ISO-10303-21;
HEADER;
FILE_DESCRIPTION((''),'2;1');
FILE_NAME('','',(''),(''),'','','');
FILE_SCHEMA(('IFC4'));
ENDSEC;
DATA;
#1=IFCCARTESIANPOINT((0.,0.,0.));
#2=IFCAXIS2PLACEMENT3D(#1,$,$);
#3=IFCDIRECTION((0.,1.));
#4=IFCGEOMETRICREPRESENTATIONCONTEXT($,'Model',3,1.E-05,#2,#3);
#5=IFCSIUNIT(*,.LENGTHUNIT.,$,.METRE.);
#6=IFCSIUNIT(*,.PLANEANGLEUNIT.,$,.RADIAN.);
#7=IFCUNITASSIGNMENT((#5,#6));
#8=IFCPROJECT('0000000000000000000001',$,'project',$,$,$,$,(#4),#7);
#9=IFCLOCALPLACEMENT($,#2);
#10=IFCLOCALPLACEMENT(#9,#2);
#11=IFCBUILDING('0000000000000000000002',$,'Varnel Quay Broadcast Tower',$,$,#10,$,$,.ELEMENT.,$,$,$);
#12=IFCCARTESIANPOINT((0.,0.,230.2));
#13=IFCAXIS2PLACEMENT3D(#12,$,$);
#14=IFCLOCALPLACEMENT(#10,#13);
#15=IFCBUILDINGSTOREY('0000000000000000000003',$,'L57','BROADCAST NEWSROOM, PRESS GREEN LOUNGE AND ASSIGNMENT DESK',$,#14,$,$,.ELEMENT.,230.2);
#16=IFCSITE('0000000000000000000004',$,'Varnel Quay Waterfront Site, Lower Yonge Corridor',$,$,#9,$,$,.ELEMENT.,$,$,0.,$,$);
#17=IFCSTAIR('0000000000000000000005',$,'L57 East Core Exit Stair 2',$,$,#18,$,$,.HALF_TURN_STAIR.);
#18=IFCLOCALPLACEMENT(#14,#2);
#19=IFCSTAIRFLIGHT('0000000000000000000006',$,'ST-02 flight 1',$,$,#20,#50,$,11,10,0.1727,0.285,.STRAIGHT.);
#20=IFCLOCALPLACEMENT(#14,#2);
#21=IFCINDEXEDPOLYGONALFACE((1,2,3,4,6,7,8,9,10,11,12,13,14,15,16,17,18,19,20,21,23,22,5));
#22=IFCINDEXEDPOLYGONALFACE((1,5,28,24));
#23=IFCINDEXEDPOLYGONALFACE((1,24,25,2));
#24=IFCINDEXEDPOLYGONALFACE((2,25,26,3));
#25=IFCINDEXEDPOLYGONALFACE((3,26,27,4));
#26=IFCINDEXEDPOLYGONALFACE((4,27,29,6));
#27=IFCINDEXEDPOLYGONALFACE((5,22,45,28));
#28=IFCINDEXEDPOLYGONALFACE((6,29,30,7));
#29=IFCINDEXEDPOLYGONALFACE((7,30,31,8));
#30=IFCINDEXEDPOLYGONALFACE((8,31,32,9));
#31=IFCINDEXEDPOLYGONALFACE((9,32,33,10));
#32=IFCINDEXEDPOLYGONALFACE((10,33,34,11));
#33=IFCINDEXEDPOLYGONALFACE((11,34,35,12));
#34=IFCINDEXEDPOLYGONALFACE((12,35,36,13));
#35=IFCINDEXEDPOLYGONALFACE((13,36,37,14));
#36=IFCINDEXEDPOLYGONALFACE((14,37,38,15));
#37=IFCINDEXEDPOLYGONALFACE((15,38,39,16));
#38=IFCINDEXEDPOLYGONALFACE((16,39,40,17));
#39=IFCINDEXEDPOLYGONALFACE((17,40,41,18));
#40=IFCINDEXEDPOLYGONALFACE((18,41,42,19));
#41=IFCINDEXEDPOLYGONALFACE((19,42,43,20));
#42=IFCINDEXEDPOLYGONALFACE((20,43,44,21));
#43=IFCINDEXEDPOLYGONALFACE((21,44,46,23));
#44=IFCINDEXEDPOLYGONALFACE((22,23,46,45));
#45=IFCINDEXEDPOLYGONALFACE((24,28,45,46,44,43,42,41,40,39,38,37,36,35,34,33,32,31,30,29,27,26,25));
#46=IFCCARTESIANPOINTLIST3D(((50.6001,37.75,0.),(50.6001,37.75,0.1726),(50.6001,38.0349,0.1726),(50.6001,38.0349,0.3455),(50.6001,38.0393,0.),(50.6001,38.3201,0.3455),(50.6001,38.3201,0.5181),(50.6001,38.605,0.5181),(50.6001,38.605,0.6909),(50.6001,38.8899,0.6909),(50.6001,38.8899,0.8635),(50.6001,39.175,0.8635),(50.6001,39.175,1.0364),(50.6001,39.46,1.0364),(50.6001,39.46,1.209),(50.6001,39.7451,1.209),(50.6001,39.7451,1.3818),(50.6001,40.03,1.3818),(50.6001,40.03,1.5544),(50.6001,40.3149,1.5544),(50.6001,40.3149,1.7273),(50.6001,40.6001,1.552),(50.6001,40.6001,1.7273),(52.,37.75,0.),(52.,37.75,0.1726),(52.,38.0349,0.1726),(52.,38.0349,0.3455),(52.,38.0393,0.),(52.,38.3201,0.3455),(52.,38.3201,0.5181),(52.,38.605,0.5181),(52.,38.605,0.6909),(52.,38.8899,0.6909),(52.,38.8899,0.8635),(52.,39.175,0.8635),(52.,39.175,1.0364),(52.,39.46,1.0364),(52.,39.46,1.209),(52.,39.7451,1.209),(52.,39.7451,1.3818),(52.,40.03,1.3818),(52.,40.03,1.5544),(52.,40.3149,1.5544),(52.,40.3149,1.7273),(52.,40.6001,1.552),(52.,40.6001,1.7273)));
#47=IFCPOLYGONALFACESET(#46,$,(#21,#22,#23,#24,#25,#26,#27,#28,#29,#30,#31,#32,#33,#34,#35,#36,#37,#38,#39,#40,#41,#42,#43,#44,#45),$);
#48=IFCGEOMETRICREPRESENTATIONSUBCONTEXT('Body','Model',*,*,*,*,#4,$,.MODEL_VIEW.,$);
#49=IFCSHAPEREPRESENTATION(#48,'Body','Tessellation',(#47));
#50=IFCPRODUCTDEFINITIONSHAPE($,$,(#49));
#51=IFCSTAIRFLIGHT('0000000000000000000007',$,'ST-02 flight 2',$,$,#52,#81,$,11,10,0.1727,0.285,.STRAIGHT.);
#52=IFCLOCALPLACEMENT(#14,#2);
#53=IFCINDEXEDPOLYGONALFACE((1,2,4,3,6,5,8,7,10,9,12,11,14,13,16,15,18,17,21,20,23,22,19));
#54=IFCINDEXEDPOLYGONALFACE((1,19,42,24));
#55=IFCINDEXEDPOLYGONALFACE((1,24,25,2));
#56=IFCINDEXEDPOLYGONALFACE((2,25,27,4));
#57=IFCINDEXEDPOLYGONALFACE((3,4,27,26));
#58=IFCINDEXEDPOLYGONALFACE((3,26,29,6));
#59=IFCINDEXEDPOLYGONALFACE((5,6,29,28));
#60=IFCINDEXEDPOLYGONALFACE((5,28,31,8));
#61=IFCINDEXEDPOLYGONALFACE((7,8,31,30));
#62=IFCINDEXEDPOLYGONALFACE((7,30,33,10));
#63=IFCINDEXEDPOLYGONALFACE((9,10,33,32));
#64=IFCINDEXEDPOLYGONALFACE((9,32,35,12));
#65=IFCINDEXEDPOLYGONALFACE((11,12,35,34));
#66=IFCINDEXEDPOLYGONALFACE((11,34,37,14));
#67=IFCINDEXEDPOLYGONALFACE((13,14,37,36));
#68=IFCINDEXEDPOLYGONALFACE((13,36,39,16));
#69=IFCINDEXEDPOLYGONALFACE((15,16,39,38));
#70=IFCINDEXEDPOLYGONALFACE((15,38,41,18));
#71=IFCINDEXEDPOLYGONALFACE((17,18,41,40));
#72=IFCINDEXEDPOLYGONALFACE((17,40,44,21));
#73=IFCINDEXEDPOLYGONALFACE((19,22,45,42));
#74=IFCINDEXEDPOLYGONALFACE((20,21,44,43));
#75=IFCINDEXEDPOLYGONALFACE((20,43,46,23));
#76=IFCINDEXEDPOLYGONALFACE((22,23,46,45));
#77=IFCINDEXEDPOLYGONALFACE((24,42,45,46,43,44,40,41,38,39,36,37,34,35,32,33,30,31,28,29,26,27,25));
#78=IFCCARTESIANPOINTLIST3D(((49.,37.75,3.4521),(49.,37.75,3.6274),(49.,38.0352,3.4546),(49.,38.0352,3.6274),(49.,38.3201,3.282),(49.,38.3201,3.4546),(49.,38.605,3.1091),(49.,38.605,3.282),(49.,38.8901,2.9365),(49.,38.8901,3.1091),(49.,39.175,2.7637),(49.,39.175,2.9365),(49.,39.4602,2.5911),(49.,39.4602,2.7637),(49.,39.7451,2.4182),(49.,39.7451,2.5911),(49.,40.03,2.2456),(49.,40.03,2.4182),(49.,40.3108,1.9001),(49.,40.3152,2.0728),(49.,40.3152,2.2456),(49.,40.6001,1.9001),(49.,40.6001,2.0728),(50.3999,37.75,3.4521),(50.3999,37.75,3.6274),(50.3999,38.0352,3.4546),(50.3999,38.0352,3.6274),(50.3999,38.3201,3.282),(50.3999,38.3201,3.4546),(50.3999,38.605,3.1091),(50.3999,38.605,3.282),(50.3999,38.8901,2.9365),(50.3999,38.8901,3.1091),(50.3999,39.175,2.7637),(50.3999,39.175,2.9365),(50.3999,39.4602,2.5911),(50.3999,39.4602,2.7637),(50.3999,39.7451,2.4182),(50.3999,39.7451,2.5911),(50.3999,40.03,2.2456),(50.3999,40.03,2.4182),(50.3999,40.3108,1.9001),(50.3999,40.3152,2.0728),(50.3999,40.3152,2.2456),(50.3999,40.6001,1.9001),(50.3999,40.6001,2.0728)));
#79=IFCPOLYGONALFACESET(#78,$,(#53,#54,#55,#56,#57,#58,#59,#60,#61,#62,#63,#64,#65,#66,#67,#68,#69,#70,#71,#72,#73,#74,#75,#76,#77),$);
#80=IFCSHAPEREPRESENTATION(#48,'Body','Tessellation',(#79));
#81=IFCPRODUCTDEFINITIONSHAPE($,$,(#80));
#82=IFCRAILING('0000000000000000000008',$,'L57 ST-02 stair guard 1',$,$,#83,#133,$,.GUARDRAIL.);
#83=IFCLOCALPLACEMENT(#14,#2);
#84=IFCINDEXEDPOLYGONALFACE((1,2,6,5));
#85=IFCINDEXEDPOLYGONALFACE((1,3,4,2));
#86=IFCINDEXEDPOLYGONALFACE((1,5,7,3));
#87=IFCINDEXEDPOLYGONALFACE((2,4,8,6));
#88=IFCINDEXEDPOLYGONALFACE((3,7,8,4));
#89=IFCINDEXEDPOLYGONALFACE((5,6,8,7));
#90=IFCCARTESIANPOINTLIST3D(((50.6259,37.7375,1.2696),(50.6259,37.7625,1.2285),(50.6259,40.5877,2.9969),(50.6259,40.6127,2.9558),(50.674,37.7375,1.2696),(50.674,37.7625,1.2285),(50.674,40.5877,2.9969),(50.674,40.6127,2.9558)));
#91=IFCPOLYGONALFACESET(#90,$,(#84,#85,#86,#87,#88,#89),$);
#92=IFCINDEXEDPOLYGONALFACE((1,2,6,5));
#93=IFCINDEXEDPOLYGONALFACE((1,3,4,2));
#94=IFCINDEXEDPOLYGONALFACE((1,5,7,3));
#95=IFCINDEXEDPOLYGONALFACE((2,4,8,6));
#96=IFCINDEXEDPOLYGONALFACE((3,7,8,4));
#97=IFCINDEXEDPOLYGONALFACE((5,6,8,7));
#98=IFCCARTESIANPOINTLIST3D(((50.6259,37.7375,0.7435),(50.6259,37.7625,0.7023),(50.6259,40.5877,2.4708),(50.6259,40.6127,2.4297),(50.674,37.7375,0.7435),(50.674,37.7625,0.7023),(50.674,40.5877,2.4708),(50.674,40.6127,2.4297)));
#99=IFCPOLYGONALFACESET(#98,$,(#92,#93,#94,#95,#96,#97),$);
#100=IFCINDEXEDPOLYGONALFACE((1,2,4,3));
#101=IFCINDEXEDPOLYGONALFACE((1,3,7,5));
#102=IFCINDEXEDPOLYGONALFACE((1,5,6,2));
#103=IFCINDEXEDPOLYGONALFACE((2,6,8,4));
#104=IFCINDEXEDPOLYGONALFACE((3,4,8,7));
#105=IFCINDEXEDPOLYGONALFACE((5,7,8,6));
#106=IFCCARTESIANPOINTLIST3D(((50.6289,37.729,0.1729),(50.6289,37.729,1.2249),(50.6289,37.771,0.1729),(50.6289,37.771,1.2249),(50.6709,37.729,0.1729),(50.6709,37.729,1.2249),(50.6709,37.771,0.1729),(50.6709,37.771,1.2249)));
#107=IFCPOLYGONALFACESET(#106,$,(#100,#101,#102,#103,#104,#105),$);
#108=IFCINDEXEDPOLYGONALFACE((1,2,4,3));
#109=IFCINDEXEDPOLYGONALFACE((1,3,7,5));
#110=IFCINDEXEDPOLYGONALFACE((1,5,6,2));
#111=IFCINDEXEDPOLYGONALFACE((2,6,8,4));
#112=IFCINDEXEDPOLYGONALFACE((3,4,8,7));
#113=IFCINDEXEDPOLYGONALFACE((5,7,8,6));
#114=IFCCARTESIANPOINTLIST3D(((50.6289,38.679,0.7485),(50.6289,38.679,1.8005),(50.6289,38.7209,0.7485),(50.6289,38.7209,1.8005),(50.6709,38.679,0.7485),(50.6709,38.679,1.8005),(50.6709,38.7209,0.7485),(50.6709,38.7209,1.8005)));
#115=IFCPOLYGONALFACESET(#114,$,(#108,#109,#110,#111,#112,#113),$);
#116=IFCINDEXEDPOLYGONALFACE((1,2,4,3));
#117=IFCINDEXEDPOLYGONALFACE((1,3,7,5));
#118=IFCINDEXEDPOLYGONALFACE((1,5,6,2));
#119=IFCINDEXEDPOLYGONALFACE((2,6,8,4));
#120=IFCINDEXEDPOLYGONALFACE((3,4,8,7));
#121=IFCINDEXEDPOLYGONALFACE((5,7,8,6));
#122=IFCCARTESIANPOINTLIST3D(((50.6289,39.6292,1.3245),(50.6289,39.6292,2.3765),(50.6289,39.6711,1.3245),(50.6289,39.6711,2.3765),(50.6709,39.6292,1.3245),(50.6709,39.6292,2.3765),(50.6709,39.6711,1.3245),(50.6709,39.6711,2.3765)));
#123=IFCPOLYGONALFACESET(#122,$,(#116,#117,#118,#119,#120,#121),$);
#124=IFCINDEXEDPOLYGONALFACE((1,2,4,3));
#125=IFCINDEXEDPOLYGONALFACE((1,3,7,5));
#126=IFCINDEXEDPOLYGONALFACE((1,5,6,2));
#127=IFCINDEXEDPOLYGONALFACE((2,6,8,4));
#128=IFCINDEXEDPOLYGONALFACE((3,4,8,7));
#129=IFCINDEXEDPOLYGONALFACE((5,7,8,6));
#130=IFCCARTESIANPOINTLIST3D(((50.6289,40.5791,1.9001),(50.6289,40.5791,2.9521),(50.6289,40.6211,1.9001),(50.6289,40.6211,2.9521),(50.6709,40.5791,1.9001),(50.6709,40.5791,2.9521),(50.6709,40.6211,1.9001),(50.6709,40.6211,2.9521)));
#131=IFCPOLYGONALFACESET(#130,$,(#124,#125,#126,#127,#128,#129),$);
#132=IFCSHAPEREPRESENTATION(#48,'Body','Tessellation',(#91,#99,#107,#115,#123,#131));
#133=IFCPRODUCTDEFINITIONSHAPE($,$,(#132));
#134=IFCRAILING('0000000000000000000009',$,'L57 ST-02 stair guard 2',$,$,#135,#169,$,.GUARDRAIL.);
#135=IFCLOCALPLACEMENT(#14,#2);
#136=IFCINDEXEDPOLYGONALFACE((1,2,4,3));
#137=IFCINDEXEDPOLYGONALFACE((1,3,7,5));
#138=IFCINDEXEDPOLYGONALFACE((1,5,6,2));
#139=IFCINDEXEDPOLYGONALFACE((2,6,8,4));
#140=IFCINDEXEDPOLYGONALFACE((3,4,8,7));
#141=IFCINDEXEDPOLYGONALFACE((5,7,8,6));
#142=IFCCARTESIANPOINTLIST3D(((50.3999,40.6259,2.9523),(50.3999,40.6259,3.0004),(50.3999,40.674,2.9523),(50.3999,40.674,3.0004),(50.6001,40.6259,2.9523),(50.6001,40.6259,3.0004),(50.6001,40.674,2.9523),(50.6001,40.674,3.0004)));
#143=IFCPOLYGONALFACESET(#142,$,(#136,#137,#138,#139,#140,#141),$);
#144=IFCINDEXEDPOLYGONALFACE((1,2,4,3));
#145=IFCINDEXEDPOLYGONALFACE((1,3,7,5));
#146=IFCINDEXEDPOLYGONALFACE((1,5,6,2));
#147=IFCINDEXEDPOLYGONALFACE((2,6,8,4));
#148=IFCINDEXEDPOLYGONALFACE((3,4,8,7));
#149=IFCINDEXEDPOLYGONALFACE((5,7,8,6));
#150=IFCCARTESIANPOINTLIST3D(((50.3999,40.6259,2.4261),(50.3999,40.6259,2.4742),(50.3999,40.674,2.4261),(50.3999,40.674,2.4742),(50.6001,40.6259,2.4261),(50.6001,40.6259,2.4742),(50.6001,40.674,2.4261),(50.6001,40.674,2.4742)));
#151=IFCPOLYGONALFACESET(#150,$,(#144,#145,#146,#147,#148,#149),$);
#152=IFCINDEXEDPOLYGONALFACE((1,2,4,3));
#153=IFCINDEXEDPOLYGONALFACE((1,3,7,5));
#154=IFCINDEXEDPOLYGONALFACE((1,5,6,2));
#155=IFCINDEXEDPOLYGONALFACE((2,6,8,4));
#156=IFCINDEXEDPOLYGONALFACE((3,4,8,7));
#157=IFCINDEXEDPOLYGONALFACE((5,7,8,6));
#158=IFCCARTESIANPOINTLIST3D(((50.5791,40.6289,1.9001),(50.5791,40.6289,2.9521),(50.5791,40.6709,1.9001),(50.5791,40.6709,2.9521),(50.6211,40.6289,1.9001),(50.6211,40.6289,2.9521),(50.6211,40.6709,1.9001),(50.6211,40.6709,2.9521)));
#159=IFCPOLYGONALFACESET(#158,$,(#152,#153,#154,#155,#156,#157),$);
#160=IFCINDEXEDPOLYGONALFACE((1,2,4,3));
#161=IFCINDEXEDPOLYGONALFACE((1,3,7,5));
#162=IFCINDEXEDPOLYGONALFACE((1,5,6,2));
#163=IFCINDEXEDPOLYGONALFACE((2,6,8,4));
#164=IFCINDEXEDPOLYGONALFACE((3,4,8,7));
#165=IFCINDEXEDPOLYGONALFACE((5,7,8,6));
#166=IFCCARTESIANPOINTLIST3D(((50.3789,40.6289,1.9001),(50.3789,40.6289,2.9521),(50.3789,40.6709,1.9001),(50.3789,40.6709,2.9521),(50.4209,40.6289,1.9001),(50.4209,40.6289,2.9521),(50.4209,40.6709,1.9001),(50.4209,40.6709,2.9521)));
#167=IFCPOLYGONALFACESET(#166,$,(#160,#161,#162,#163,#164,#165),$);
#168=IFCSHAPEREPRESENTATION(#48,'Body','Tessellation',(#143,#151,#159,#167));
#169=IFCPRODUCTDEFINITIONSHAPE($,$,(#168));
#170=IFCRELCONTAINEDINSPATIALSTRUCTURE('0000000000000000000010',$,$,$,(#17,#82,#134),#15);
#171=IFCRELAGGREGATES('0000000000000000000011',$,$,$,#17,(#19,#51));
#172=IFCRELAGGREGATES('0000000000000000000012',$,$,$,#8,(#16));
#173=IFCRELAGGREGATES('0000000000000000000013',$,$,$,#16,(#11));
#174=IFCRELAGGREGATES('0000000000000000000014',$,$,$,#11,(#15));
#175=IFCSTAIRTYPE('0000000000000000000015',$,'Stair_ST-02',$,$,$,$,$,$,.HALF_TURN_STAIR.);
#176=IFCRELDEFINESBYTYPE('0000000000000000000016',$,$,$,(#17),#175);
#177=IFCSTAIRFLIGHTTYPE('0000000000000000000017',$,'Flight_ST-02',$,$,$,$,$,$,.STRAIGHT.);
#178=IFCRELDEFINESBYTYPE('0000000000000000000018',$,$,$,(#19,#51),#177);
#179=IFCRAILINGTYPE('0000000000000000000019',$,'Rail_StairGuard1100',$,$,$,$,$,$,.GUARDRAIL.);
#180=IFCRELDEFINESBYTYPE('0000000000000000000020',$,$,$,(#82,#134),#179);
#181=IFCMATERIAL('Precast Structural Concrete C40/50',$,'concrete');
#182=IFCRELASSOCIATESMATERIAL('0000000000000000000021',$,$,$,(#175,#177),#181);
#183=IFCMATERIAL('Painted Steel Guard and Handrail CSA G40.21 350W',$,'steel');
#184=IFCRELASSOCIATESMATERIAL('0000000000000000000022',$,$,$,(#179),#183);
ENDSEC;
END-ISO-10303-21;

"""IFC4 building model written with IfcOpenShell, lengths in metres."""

from ifc_helpers import new_model, si_unit, direction, frame, origin, origin_2d, place, context, subcontext, project, spatial, polyline, rectangle, outline, extrude, material, type_object, element, aggregate, save


model = new_model("IFC4")

# Units and contexts
model_context = context("Model", 3, precision=1e-05, world=origin(), true_north=direction((0.0, 1.0)))
body_context = subcontext(model_context, "Body", "Model", "MODEL_VIEW")
ifc_project = project(units=[si_unit("LENGTHUNIT", "METRE"), si_unit("PLANEANGLEUNIT", "RADIAN")], contexts=[model_context])

# Site, building, storey
site_placement = place(None, origin())
site = spatial("IfcSite", under=ifc_project, at=site_placement, Name="Varnel Quay Waterfront Site, Lower Yonge Corridor", CompositionType="ELEMENT", RefElevation=0.0)
building_placement = place(site_placement, origin())
building = spatial("IfcBuilding", under=site, at=building_placement, Name="Varnel Quay Broadcast Tower", CompositionType="ELEMENT")
storey_placement = place(building_placement, frame((0.0, 0.0, 230.2)))
storey = spatial("IfcBuildingStorey", under=building, at=storey_placement, Name="L57", Description="BROADCAST NEWSROOM, PRESS GREEN LOUNGE AND ASSIGNMENT DESK", CompositionType="ELEMENT", Elevation=230.2)

# Stair, stair flights
ifc_material_1 = material(Name="Precast Structural Concrete C40/50", Category="concrete")
stair_type = type_object("IfcStairType", Name="Stair_ST-02", PredefinedType="HALF_TURN_STAIR", material=ifc_material_1)
stair_placement = place(storey_placement, origin())
stair = element("IfcStair", 1, at=stair_placement, inside=storey, type_object=stair_type, Name="L57 East Core Exit Stair 2", PredefinedType="HALF_TURN_STAIR")
stair_flight_type = type_object("IfcStairFlightType", Name="Flight_ST-02", PredefinedType="STRAIGHT", material=ifc_material_1)
stair_flight_1_placement = place(storey_placement, frame((51.3, 37.75, 0.0), z_axis=(0.0, 0.0, 1.0), x_axis=(0.0, 1.0, 0.0)))
stair_flight_1 = element("IfcStairFlight", 2, at=stair_flight_1_placement, type_object=stair_flight_type, Name="ST-02 flight 1", NumberOfRisers=11, NumberOfTreads=10, PredefinedType="STRAIGHT", RiserHeight=0.1727, TreadLength=0.285, context=body_context, shape_type="SweptSolid", body=[
    extrude(outline(polyline([(0.0, 0.0), (0.0, 0.1726), (0.2849, 0.1726), (0.2849, 0.3455), (0.5701, 0.3455), (0.5701, 0.5181), (0.855, 0.5181), (0.855, 0.6909), (1.1399, 0.6909), (1.1399, 0.8635), (1.425, 0.8635), (1.425, 1.0364), (1.71, 1.0364), (1.71, 1.209), (1.9951, 1.209), (1.9951, 1.3818), (2.28, 1.3818), (2.28, 1.5544), (2.5649, 1.5544), (2.5649, 1.7273), (2.8501, 1.7273), (2.8501, 1.8999), (2.8501, 1.552), (0.2893, 0.0), (0.0, 0.0)])), frame((0.0, 0.7, 0.0), z_axis=(0.0, -1.0, 0.0), x_axis=(1.0, 0.0, 0.0)), (0.0, 0.0, 1.0), 1.3999),
])
stair_flight_2_placement = place(storey_placement, frame((49.7, 40.6001, 1.9001), z_axis=(0.0, 0.0, 1.0), x_axis=(0.0, -1.0, 0.0)))
stair_flight_2 = element("IfcStairFlight", 3, at=stair_flight_2_placement, type_object=stair_flight_type, Name="ST-02 flight 2", NumberOfRisers=11, NumberOfTreads=10, PredefinedType="STRAIGHT", RiserHeight=0.1727, TreadLength=0.285, context=body_context, shape_type="SweptSolid", body=[
    extrude(outline(polyline([(0.0, 0.0), (0.0, 0.1726), (0.2849, 0.1726), (0.2849, 0.3455), (0.5701, 0.3455), (0.5701, 0.5181), (0.855, 0.5181), (0.855, 0.6909), (1.1399, 0.6909), (1.1399, 0.8635), (1.425, 0.8635), (1.425, 1.0364), (1.71, 1.0364), (1.71, 1.209), (1.9951, 1.209), (1.9951, 1.3818), (2.28, 1.3818), (2.28, 1.5544), (2.5649, 1.5544), (2.5649, 1.7273), (2.8501, 1.7273), (2.8501, 1.8999), (2.8501, 1.552), (0.2893, 0.0), (0.0, 0.0)])), frame((0.0, 0.7, 0.0), z_axis=(0.0, -1.0, 0.0), x_axis=(1.0, 0.0, 0.0)), (0.0, 0.0, 1.0), 1.3999),
])
aggregate(stair, [stair_flight_1, stair_flight_2])

# Railings
ifc_material_2 = material(Name="Painted Steel Guard and Handrail CSA G40.21 350W", Category="steel")
railing_type_1 = type_object("IfcRailingType", Name="Rail_StairGuard1100", PredefinedType="GUARDRAIL", material=ifc_material_2)
railing_1_placement = place(storey_placement, frame((50.6499, 37.75, 0.1729)))
element("IfcRailing", 4, at=railing_1_placement, inside=storey, type_object=railing_type_1, Name="L57 ST-02 stair guard 1", PredefinedType="GUARDRAIL", context=body_context, shape_type="SweptSolid", body=[
    extrude(rectangle(XDim=0.0481, YDim=0.0481, at=origin_2d()), frame((0.0, 0.0, 1.0762), z_axis=(0.0, 0.855203, 0.518294), x_axis=(-1.0, 0.0, 0.0)), (0.0, 0.0, 1.0), 3.3328),
    extrude(rectangle(XDim=0.0481, YDim=0.0481, at=origin_2d()), frame((0.0, 0.0, 0.55), z_axis=(0.0, 0.855203, 0.518294), x_axis=(-1.0, 0.0, 0.0)), (0.0, 0.0, 1.0), 3.3328),
    extrude(rectangle(XDim=0.042, YDim=0.042, at=origin_2d()), origin(), (0.0, 0.0, 1.0), 1.052),
    extrude(rectangle(XDim=0.042, YDim=0.042, at=origin_2d()), frame((0.0, 0.95, 0.5757)), (0.0, 0.0, 1.0), 1.052),
    extrude(rectangle(XDim=0.042, YDim=0.042, at=origin_2d()), frame((0.0, 1.9001, 1.1516)), (0.0, 0.0, 1.0), 1.052),
    extrude(rectangle(XDim=0.042, YDim=0.042, at=origin_2d()), frame((0.0, 2.8501, 1.7273)), (0.0, 0.0, 1.0), 1.052),
])
railing_2_placement = place(storey_placement, frame((50.6001, 40.6499, 1.9001)))
element("IfcRailing", 5, at=railing_2_placement, inside=storey, type_object=railing_type_1, Name="L57 ST-02 stair guard 2", PredefinedType="GUARDRAIL", context=body_context, shape_type="SweptSolid", body=[
    extrude(rectangle(XDim=0.0481, YDim=0.0481, at=origin_2d()), frame((0.0, 0.0, 1.0762), z_axis=(-1.0, 0.0, 0.0), x_axis=(0.0, -1.0, 0.0)), (0.0, 0.0, 1.0), 0.2002),
    extrude(rectangle(XDim=0.0481, YDim=0.0481, at=origin_2d()), frame((0.0, 0.0, 0.55), z_axis=(-1.0, 0.0, 0.0), x_axis=(0.0, -1.0, 0.0)), (0.0, 0.0, 1.0), 0.2002),
    extrude(rectangle(XDim=0.042, YDim=0.042, at=origin_2d()), origin(), (0.0, 0.0, 1.0), 1.052),
    extrude(rectangle(XDim=0.042, YDim=0.042, at=origin_2d()), frame((-0.2002, 0.0, 0.0)), (0.0, 0.0, 1.0), 1.052),
])

save(model, "model.ifc")
